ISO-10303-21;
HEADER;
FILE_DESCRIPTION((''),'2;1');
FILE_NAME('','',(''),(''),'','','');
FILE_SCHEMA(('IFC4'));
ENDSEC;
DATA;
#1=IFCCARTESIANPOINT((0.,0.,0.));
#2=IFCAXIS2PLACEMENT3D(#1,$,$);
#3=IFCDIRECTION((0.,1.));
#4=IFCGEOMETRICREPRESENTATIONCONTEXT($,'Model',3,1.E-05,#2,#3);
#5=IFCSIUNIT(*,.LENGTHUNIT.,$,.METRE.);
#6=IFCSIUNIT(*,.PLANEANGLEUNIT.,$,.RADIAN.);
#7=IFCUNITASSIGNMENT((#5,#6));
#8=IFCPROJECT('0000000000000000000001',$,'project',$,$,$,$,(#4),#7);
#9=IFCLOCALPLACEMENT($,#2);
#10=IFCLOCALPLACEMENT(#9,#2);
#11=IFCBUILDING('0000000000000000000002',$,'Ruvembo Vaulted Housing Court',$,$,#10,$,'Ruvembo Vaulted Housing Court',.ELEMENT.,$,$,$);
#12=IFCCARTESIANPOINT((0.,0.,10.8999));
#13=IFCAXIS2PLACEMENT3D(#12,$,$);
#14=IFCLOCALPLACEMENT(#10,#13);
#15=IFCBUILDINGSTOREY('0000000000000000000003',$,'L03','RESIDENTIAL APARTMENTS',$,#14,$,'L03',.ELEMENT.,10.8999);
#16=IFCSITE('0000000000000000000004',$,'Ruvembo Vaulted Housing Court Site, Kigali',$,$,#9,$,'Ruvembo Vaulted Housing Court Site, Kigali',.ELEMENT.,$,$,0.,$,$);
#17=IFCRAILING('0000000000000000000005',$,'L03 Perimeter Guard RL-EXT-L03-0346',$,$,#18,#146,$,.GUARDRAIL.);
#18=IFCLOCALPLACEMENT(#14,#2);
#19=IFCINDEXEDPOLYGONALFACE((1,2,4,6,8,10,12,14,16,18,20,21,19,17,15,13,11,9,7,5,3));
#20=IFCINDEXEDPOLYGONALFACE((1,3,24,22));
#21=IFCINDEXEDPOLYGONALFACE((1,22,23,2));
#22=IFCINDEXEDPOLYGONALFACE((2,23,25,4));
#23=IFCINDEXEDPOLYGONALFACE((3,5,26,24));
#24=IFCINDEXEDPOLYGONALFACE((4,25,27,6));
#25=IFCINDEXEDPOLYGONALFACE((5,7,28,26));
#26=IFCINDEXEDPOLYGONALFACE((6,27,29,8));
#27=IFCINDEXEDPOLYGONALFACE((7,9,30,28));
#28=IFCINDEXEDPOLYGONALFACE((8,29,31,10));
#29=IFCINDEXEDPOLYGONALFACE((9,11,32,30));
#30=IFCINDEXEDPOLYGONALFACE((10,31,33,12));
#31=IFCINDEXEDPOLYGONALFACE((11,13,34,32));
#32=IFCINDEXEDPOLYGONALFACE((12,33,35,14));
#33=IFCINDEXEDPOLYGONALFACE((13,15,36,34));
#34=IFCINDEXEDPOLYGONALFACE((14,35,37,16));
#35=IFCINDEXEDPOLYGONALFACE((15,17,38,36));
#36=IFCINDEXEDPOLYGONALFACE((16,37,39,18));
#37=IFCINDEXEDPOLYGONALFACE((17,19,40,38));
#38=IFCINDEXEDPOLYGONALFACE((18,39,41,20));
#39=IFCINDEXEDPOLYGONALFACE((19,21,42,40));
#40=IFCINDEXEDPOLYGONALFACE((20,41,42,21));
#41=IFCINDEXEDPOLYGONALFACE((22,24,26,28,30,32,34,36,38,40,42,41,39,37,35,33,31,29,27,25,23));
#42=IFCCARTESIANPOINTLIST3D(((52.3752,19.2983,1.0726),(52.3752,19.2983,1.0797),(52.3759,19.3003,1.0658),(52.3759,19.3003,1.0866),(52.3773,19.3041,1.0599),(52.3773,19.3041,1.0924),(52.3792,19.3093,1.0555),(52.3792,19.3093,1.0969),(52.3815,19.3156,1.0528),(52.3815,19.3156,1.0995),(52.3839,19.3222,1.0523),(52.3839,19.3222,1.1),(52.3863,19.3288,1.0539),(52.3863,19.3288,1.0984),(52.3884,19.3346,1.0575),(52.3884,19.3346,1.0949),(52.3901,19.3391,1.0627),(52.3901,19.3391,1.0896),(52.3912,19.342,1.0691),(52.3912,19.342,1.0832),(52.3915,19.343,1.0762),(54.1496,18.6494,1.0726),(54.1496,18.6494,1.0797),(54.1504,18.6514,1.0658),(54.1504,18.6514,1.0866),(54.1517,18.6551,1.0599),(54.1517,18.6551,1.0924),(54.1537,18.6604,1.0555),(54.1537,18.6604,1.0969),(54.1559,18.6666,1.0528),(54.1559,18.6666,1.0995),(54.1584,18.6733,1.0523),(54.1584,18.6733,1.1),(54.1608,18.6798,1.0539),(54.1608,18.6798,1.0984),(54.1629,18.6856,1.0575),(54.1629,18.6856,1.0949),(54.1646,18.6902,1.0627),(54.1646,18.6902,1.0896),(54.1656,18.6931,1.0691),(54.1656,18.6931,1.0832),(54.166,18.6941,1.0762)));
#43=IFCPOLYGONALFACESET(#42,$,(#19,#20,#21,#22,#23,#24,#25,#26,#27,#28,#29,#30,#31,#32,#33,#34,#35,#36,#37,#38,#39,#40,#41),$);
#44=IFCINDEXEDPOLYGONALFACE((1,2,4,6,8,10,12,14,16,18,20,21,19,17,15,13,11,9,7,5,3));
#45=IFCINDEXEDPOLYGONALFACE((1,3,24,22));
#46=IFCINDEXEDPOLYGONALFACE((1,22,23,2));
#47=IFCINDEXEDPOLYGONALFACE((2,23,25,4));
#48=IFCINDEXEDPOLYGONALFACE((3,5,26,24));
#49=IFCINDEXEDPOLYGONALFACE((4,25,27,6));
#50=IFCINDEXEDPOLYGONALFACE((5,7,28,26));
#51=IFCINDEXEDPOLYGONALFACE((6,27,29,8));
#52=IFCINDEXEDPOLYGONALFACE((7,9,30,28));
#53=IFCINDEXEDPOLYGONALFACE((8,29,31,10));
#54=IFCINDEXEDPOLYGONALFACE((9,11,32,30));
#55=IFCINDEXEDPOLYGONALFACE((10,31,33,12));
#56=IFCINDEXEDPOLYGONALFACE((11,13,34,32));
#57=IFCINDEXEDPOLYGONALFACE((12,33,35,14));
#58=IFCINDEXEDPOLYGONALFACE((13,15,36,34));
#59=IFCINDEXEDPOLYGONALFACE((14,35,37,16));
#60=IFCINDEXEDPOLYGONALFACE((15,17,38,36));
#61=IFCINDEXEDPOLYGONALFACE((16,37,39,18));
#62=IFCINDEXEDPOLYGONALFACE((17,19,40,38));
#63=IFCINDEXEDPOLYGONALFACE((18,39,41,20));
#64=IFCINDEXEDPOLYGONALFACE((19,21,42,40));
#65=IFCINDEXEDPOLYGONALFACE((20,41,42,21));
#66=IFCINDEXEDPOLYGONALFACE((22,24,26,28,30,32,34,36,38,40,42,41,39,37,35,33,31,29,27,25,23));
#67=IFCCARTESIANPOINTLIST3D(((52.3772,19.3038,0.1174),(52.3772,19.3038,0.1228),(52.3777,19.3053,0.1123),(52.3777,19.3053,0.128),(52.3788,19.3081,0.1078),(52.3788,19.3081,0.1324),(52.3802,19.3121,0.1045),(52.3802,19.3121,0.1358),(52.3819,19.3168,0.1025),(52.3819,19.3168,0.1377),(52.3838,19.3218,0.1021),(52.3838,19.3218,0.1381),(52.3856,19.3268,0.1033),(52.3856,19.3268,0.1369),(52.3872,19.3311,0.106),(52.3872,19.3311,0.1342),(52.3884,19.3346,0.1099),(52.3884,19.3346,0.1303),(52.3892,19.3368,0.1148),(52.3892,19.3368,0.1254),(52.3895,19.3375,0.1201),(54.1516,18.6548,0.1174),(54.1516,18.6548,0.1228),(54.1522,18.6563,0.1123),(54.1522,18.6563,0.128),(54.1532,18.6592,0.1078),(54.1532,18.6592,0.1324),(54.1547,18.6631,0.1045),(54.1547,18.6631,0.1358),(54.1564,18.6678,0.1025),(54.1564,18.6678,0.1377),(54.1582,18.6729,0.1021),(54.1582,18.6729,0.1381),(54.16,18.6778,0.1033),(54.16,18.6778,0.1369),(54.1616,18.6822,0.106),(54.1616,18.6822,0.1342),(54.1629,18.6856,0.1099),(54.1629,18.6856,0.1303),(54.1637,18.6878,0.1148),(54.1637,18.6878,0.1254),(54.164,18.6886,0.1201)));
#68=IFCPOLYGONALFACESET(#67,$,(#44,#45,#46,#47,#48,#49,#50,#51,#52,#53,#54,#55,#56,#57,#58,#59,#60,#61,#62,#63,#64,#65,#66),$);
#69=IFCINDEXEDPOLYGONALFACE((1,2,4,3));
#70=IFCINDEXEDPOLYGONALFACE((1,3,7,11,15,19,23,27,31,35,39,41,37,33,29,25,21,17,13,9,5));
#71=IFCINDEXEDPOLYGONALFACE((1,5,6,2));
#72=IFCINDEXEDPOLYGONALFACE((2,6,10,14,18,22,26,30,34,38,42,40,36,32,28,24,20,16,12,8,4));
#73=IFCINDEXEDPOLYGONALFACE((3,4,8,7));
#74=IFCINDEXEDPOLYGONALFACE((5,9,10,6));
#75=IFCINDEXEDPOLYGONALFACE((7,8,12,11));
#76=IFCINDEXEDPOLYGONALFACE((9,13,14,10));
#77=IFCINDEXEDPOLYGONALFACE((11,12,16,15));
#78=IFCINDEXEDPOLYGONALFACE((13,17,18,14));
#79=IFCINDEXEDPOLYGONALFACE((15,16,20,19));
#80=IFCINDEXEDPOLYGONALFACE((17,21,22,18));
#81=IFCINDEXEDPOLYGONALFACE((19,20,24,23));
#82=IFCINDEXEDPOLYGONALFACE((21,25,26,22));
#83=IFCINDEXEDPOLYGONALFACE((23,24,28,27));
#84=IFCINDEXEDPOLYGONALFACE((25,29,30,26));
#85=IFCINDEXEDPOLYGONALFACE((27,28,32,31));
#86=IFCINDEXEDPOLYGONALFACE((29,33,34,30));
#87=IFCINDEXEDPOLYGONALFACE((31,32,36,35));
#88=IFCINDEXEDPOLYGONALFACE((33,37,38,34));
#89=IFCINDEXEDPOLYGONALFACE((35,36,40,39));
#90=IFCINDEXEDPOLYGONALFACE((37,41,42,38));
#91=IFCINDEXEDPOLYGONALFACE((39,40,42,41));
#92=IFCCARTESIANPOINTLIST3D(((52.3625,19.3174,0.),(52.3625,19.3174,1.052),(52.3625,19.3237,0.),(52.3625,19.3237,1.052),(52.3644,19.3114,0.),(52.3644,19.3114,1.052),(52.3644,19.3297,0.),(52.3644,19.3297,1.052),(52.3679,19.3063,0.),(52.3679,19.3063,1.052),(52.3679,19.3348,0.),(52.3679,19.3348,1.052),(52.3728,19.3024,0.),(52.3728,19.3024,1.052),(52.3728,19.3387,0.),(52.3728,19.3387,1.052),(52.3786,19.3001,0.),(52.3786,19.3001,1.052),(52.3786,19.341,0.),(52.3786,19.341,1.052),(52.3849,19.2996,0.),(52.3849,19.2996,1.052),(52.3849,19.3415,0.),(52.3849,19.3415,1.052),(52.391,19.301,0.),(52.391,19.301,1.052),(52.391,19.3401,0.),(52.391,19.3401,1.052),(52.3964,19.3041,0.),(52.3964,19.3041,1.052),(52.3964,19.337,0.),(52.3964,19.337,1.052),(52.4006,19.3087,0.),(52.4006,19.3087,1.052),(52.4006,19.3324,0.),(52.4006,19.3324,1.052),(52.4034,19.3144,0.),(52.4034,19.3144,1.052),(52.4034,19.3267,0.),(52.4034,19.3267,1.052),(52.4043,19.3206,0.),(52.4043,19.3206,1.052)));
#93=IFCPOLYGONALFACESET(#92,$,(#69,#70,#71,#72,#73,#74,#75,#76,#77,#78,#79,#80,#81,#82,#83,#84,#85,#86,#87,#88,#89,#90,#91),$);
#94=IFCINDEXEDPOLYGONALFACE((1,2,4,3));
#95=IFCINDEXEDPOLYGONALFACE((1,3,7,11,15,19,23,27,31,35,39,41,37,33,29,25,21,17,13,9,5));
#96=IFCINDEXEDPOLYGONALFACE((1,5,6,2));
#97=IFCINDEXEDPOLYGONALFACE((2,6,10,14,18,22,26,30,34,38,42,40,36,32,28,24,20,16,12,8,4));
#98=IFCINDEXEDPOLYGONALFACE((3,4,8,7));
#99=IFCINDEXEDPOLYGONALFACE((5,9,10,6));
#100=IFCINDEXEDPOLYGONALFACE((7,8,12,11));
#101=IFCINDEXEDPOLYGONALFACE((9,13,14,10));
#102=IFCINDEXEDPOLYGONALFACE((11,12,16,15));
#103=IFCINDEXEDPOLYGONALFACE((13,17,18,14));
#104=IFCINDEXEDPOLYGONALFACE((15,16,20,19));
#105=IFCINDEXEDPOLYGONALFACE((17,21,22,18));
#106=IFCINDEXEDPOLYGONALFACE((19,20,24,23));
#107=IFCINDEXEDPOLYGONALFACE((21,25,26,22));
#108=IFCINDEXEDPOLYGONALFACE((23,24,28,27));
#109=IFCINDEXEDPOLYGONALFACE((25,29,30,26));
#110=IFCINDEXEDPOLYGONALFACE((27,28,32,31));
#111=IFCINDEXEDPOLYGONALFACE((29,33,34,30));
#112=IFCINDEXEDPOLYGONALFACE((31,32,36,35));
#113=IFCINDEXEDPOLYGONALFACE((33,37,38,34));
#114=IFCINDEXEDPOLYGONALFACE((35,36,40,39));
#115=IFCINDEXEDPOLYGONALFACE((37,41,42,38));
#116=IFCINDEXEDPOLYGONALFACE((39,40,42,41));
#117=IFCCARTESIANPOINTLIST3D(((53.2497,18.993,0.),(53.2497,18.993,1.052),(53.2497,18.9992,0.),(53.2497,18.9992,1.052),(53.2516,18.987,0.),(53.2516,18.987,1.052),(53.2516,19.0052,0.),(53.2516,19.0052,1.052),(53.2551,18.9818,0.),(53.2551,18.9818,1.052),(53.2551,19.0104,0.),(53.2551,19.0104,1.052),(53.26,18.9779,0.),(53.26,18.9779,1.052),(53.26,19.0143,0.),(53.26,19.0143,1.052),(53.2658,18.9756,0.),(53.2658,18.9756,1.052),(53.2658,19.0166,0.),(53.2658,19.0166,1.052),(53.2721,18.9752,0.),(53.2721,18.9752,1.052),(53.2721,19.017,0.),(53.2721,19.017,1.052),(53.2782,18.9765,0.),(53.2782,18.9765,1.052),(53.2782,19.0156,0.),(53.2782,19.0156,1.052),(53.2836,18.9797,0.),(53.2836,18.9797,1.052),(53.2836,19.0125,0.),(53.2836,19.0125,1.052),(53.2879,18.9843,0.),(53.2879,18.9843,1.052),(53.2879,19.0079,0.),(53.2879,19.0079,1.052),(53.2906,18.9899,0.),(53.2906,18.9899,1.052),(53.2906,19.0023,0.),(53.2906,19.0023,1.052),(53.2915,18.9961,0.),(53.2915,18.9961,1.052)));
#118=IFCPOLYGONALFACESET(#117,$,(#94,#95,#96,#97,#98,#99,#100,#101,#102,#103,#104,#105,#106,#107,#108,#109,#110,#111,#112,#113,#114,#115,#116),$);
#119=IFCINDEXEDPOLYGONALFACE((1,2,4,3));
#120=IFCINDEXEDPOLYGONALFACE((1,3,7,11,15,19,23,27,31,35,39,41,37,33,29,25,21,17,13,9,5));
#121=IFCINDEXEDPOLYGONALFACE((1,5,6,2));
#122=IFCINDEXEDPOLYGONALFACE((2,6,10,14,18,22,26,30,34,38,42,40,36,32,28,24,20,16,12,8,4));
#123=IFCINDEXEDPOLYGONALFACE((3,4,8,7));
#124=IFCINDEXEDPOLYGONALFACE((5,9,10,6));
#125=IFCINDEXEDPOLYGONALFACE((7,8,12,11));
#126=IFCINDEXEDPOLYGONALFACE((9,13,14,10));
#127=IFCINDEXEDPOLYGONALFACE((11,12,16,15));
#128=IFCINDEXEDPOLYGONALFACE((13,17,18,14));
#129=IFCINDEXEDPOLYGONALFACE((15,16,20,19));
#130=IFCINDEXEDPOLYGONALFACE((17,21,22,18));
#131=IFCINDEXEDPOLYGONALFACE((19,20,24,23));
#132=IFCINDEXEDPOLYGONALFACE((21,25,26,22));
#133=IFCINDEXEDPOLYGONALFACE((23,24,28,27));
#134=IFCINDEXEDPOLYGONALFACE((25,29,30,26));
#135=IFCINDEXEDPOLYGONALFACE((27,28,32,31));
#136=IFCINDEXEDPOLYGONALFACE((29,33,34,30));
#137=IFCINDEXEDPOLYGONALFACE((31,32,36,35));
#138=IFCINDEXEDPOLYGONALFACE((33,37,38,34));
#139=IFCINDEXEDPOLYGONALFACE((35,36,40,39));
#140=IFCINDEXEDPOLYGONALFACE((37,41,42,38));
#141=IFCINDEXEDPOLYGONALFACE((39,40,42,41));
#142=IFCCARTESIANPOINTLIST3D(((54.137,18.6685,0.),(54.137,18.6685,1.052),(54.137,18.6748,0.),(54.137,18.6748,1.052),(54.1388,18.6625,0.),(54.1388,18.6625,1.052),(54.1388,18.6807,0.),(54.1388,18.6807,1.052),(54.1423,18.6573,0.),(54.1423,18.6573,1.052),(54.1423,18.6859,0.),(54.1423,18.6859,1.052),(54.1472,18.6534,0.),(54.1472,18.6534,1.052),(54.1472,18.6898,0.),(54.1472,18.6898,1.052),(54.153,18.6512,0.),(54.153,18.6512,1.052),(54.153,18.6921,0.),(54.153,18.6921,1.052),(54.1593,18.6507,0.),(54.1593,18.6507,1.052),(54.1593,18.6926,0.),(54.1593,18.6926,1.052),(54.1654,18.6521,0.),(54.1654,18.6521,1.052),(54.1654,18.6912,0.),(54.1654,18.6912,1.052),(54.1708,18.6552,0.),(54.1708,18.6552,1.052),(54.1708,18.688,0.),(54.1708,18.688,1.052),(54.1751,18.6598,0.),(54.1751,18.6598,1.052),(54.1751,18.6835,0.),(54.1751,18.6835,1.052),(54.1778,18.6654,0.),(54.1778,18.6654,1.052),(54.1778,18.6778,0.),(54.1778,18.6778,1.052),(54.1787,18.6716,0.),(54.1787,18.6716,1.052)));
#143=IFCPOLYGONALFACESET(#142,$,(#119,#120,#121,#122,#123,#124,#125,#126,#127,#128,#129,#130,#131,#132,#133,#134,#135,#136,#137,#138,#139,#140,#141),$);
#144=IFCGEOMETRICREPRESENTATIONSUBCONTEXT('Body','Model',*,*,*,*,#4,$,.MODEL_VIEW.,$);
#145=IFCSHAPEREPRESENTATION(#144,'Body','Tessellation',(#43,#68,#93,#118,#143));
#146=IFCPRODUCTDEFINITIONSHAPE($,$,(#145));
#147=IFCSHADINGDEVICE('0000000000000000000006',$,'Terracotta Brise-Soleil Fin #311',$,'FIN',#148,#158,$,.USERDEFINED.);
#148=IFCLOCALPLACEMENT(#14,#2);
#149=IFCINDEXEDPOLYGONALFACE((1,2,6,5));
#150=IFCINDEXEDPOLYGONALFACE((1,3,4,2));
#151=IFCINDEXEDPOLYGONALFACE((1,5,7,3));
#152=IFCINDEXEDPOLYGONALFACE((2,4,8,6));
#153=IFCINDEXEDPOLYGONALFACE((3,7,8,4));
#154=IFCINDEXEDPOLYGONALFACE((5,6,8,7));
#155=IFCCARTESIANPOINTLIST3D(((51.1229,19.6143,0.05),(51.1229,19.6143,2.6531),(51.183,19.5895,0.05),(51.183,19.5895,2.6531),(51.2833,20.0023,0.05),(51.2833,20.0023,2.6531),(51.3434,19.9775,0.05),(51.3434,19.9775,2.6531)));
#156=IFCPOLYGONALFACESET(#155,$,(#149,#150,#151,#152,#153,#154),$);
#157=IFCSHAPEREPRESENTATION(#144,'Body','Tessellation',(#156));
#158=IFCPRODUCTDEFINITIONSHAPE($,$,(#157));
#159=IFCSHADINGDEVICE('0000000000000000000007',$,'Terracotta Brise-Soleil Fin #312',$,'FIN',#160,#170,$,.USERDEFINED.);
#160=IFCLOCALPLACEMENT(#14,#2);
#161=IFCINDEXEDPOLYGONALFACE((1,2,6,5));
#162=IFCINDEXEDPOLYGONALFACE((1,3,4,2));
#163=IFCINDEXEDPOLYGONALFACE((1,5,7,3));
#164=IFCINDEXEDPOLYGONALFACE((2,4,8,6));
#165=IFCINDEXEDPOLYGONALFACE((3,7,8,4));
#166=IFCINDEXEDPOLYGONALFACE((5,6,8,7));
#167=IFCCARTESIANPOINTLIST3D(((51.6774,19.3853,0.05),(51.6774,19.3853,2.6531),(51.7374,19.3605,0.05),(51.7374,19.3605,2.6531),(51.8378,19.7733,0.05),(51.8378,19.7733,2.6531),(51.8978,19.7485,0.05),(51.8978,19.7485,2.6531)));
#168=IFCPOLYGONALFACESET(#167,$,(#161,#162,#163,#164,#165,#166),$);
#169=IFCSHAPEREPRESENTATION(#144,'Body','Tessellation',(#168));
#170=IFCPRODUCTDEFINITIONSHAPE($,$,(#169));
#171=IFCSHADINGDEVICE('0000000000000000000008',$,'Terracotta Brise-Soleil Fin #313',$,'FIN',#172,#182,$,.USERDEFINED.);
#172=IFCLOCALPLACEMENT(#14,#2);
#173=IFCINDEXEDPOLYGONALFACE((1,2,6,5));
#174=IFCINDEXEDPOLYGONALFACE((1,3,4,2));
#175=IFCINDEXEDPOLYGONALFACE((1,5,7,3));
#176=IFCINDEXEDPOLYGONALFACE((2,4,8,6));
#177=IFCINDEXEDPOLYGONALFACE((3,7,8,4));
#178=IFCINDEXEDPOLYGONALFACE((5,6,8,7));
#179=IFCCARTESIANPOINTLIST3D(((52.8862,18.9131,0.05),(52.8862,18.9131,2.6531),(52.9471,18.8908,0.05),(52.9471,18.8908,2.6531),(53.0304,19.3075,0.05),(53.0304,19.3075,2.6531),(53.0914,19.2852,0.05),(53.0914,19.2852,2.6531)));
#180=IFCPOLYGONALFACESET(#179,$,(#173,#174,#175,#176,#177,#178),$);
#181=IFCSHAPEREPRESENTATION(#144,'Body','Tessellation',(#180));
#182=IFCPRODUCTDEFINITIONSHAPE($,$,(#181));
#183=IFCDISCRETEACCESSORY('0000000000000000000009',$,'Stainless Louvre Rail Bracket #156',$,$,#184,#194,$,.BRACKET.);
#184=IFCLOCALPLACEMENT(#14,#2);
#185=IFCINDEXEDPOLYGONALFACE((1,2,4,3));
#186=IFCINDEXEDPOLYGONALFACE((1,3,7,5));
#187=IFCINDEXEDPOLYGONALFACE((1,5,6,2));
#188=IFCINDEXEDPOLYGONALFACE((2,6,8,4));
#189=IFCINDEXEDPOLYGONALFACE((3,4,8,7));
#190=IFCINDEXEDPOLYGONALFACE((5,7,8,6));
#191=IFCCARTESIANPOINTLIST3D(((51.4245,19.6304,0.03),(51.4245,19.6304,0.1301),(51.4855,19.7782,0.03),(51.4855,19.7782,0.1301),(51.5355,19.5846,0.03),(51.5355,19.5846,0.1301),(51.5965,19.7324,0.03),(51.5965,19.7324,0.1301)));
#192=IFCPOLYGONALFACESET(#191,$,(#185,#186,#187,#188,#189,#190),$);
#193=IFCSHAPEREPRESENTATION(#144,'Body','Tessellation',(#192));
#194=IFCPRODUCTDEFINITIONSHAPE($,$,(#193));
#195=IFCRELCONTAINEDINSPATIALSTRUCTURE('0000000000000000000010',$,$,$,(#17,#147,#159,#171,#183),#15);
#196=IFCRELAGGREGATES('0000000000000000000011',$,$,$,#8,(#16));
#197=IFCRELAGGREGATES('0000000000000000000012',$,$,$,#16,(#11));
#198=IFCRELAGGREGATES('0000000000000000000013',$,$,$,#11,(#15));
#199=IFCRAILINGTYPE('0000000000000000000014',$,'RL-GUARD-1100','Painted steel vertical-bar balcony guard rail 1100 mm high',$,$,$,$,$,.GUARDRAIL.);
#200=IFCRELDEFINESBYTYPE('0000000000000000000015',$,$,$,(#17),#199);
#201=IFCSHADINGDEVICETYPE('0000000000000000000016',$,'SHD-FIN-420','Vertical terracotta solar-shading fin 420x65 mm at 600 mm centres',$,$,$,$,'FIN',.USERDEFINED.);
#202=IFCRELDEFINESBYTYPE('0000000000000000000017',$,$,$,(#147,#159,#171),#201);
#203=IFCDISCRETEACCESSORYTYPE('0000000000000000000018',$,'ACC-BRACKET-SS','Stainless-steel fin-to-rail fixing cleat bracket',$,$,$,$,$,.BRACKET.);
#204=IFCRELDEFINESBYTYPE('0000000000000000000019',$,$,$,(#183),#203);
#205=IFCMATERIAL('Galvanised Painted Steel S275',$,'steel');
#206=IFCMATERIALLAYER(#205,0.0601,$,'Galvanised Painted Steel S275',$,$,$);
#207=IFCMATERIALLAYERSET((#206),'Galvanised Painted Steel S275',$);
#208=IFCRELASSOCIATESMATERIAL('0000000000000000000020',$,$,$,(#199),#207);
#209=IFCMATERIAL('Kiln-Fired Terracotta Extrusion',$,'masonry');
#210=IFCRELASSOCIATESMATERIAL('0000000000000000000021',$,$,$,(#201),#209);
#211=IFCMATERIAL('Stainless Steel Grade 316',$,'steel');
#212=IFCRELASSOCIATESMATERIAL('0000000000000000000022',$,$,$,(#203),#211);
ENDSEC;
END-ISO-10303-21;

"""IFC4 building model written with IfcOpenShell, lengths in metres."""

from ifc_helpers import new_model, si_unit, direction, frame, origin, origin_2d, place, context, subcontext, project, spatial, rectangle, circle, extrude, material, layer, layer_set, type_object, element, save


model = new_model("IFC4")

# Units and contexts
model_context = context("Model", 3, precision=1e-05, world=origin(), true_north=direction((0.0, 1.0)))
body_context = subcontext(model_context, "Body", "Model", "MODEL_VIEW")
ifc_project = project(units=[si_unit("LENGTHUNIT", "METRE"), si_unit("PLANEANGLEUNIT", "RADIAN")], contexts=[model_context])

# Site, building, storey
site_placement = place(None, origin())
site = spatial("IfcSite", under=ifc_project, at=site_placement, Name="Ruvembo Vaulted Housing Court Site, Kigali", LongName="Ruvembo Vaulted Housing Court Site, Kigali", CompositionType="ELEMENT", RefElevation=0.0)
building_placement = place(site_placement, origin())
building = spatial("IfcBuilding", under=site, at=building_placement, Name="Ruvembo Vaulted Housing Court", LongName="Ruvembo Vaulted Housing Court", CompositionType="ELEMENT")
storey_placement = place(building_placement, frame((0.0, 0.0, 10.8999)))
storey = spatial("IfcBuildingStorey", under=building, at=storey_placement, Name="L03", Description="RESIDENTIAL APARTMENTS", LongName="L03", CompositionType="ELEMENT", Elevation=10.8999)

# Railing
ifc_material_1 = material(Name="Galvanised Painted Steel S275", Category="steel")
ifc_layer_1 = layer(ifc_material_1, 0.0601, Name="Galvanised Painted Steel S275")
ifc_layer_set_1 = layer_set([ifc_layer_1], Name="Galvanised Painted Steel S275")
railing_type = type_object("IfcRailingType", Name="RL-GUARD-1100", Description="Painted steel vertical-bar balcony guard rail 1100 mm high", PredefinedType="GUARDRAIL", material=ifc_layer_set_1)
railing_placement = place(storey_placement, frame((52.3833, 19.3206, 0.0)))
element("IfcRailing", 1, at=railing_placement, inside=storey, type_object=railing_type, Name="L03 Perimeter Guard RL-EXT-L03-0346", PredefinedType="GUARDRAIL", context=body_context, shape_type="SweptSolid", body=[
    extrude(circle(Radius=0.0239, at=origin_2d()), frame((0.0, 0.0, 1.0762), z_axis=(0.939166, -0.343465, 0.0), x_axis=(0.343465, 0.939166, 0.0)), (0.0, 0.0, 1.0), 1.8894),
    extrude(circle(Radius=0.0181, at=origin_2d()), frame((0.0, 0.0, 0.1201), z_axis=(0.939166, -0.343465, 0.0), x_axis=(0.343465, 0.939166, 0.0)), (0.0, 0.0, 1.0), 1.8894),
    extrude(circle(Radius=0.021, at=origin_2d()), origin(), (0.0, 0.0, 1.0), 1.052),
    extrude(circle(Radius=0.021, at=origin_2d()), frame((0.8872, -0.3245, 0.0)), (0.0, 0.0, 1.0), 1.052),
    extrude(circle(Radius=0.021, at=origin_2d()), frame((1.7744, -0.6489, 0.0)), (0.0, 0.0, 1.0), 1.052),
])

# Shading devices
ifc_material_2 = material(Name="Kiln-Fired Terracotta Extrusion", Category="masonry")
shading_device_type = type_object("IfcShadingDeviceType", Name="SHD-FIN-420", Description="Vertical terracotta solar-shading fin 420x65 mm at 600 mm centres", ElementType="FIN", PredefinedType="USERDEFINED", material=ifc_material_2)
for number, where, z_axis, x_axis, name in (
    (2, (51.2332, 19.7959, 0.05), (0.0, 0.0, 1.0), (-0.381958, -0.92418, 0.0), "Terracotta Brise-Soleil Fin #311"),
    (3, (51.7876, 19.5669, 0.05), (0.0, 0.0, 1.0), (-0.381958, -0.92418, 0.0), "Terracotta Brise-Soleil Fin #312"),
    (4, (52.9888, 19.0991, 0.05), (0.0, 0.0, 1.0), (-0.343512, -0.939148, 0.0), "Terracotta Brise-Soleil Fin #313"),
):
    element("IfcShadingDevice", number, at=place(storey_placement, frame(where, z_axis=z_axis, x_axis=x_axis)), inside=storey, type_object=shading_device_type, Name=name, ObjectType="FIN", PredefinedType="USERDEFINED", context=body_context, shape_type="SweptSolid", body=[
        extrude(rectangle(XDim=0.4199, YDim=0.0649, at=origin_2d()), origin(), (0.0, 0.0, 1.0), 2.603),
    ])

# Discrete accessory
ifc_material_3 = material(Name="Stainless Steel Grade 316", Category="steel")
discrete_accessory_type = type_object("IfcDiscreteAccessoryType", Name="ACC-BRACKET-SS", Description="Stainless-steel fin-to-rail fixing cleat bracket", PredefinedType="BRACKET", material=ifc_material_3)
discrete_accessory_placement = place(storey_placement, frame((51.5105, 19.6814, 0.03), z_axis=(0.0, 0.0, 1.0), x_axis=(-0.381958, -0.92418, 0.0)))
element("IfcDiscreteAccessory", 5, at=discrete_accessory_placement, inside=storey, type_object=discrete_accessory_type, Name="Stainless Louvre Rail Bracket #156", PredefinedType="BRACKET", context=body_context, shape_type="SweptSolid", body=[
    extrude(rectangle(XDim=0.1599, YDim=0.1201, at=origin_2d()), origin(), (0.0, 0.0, 1.0), 0.1001),
])

save(model, "model.ifc")
